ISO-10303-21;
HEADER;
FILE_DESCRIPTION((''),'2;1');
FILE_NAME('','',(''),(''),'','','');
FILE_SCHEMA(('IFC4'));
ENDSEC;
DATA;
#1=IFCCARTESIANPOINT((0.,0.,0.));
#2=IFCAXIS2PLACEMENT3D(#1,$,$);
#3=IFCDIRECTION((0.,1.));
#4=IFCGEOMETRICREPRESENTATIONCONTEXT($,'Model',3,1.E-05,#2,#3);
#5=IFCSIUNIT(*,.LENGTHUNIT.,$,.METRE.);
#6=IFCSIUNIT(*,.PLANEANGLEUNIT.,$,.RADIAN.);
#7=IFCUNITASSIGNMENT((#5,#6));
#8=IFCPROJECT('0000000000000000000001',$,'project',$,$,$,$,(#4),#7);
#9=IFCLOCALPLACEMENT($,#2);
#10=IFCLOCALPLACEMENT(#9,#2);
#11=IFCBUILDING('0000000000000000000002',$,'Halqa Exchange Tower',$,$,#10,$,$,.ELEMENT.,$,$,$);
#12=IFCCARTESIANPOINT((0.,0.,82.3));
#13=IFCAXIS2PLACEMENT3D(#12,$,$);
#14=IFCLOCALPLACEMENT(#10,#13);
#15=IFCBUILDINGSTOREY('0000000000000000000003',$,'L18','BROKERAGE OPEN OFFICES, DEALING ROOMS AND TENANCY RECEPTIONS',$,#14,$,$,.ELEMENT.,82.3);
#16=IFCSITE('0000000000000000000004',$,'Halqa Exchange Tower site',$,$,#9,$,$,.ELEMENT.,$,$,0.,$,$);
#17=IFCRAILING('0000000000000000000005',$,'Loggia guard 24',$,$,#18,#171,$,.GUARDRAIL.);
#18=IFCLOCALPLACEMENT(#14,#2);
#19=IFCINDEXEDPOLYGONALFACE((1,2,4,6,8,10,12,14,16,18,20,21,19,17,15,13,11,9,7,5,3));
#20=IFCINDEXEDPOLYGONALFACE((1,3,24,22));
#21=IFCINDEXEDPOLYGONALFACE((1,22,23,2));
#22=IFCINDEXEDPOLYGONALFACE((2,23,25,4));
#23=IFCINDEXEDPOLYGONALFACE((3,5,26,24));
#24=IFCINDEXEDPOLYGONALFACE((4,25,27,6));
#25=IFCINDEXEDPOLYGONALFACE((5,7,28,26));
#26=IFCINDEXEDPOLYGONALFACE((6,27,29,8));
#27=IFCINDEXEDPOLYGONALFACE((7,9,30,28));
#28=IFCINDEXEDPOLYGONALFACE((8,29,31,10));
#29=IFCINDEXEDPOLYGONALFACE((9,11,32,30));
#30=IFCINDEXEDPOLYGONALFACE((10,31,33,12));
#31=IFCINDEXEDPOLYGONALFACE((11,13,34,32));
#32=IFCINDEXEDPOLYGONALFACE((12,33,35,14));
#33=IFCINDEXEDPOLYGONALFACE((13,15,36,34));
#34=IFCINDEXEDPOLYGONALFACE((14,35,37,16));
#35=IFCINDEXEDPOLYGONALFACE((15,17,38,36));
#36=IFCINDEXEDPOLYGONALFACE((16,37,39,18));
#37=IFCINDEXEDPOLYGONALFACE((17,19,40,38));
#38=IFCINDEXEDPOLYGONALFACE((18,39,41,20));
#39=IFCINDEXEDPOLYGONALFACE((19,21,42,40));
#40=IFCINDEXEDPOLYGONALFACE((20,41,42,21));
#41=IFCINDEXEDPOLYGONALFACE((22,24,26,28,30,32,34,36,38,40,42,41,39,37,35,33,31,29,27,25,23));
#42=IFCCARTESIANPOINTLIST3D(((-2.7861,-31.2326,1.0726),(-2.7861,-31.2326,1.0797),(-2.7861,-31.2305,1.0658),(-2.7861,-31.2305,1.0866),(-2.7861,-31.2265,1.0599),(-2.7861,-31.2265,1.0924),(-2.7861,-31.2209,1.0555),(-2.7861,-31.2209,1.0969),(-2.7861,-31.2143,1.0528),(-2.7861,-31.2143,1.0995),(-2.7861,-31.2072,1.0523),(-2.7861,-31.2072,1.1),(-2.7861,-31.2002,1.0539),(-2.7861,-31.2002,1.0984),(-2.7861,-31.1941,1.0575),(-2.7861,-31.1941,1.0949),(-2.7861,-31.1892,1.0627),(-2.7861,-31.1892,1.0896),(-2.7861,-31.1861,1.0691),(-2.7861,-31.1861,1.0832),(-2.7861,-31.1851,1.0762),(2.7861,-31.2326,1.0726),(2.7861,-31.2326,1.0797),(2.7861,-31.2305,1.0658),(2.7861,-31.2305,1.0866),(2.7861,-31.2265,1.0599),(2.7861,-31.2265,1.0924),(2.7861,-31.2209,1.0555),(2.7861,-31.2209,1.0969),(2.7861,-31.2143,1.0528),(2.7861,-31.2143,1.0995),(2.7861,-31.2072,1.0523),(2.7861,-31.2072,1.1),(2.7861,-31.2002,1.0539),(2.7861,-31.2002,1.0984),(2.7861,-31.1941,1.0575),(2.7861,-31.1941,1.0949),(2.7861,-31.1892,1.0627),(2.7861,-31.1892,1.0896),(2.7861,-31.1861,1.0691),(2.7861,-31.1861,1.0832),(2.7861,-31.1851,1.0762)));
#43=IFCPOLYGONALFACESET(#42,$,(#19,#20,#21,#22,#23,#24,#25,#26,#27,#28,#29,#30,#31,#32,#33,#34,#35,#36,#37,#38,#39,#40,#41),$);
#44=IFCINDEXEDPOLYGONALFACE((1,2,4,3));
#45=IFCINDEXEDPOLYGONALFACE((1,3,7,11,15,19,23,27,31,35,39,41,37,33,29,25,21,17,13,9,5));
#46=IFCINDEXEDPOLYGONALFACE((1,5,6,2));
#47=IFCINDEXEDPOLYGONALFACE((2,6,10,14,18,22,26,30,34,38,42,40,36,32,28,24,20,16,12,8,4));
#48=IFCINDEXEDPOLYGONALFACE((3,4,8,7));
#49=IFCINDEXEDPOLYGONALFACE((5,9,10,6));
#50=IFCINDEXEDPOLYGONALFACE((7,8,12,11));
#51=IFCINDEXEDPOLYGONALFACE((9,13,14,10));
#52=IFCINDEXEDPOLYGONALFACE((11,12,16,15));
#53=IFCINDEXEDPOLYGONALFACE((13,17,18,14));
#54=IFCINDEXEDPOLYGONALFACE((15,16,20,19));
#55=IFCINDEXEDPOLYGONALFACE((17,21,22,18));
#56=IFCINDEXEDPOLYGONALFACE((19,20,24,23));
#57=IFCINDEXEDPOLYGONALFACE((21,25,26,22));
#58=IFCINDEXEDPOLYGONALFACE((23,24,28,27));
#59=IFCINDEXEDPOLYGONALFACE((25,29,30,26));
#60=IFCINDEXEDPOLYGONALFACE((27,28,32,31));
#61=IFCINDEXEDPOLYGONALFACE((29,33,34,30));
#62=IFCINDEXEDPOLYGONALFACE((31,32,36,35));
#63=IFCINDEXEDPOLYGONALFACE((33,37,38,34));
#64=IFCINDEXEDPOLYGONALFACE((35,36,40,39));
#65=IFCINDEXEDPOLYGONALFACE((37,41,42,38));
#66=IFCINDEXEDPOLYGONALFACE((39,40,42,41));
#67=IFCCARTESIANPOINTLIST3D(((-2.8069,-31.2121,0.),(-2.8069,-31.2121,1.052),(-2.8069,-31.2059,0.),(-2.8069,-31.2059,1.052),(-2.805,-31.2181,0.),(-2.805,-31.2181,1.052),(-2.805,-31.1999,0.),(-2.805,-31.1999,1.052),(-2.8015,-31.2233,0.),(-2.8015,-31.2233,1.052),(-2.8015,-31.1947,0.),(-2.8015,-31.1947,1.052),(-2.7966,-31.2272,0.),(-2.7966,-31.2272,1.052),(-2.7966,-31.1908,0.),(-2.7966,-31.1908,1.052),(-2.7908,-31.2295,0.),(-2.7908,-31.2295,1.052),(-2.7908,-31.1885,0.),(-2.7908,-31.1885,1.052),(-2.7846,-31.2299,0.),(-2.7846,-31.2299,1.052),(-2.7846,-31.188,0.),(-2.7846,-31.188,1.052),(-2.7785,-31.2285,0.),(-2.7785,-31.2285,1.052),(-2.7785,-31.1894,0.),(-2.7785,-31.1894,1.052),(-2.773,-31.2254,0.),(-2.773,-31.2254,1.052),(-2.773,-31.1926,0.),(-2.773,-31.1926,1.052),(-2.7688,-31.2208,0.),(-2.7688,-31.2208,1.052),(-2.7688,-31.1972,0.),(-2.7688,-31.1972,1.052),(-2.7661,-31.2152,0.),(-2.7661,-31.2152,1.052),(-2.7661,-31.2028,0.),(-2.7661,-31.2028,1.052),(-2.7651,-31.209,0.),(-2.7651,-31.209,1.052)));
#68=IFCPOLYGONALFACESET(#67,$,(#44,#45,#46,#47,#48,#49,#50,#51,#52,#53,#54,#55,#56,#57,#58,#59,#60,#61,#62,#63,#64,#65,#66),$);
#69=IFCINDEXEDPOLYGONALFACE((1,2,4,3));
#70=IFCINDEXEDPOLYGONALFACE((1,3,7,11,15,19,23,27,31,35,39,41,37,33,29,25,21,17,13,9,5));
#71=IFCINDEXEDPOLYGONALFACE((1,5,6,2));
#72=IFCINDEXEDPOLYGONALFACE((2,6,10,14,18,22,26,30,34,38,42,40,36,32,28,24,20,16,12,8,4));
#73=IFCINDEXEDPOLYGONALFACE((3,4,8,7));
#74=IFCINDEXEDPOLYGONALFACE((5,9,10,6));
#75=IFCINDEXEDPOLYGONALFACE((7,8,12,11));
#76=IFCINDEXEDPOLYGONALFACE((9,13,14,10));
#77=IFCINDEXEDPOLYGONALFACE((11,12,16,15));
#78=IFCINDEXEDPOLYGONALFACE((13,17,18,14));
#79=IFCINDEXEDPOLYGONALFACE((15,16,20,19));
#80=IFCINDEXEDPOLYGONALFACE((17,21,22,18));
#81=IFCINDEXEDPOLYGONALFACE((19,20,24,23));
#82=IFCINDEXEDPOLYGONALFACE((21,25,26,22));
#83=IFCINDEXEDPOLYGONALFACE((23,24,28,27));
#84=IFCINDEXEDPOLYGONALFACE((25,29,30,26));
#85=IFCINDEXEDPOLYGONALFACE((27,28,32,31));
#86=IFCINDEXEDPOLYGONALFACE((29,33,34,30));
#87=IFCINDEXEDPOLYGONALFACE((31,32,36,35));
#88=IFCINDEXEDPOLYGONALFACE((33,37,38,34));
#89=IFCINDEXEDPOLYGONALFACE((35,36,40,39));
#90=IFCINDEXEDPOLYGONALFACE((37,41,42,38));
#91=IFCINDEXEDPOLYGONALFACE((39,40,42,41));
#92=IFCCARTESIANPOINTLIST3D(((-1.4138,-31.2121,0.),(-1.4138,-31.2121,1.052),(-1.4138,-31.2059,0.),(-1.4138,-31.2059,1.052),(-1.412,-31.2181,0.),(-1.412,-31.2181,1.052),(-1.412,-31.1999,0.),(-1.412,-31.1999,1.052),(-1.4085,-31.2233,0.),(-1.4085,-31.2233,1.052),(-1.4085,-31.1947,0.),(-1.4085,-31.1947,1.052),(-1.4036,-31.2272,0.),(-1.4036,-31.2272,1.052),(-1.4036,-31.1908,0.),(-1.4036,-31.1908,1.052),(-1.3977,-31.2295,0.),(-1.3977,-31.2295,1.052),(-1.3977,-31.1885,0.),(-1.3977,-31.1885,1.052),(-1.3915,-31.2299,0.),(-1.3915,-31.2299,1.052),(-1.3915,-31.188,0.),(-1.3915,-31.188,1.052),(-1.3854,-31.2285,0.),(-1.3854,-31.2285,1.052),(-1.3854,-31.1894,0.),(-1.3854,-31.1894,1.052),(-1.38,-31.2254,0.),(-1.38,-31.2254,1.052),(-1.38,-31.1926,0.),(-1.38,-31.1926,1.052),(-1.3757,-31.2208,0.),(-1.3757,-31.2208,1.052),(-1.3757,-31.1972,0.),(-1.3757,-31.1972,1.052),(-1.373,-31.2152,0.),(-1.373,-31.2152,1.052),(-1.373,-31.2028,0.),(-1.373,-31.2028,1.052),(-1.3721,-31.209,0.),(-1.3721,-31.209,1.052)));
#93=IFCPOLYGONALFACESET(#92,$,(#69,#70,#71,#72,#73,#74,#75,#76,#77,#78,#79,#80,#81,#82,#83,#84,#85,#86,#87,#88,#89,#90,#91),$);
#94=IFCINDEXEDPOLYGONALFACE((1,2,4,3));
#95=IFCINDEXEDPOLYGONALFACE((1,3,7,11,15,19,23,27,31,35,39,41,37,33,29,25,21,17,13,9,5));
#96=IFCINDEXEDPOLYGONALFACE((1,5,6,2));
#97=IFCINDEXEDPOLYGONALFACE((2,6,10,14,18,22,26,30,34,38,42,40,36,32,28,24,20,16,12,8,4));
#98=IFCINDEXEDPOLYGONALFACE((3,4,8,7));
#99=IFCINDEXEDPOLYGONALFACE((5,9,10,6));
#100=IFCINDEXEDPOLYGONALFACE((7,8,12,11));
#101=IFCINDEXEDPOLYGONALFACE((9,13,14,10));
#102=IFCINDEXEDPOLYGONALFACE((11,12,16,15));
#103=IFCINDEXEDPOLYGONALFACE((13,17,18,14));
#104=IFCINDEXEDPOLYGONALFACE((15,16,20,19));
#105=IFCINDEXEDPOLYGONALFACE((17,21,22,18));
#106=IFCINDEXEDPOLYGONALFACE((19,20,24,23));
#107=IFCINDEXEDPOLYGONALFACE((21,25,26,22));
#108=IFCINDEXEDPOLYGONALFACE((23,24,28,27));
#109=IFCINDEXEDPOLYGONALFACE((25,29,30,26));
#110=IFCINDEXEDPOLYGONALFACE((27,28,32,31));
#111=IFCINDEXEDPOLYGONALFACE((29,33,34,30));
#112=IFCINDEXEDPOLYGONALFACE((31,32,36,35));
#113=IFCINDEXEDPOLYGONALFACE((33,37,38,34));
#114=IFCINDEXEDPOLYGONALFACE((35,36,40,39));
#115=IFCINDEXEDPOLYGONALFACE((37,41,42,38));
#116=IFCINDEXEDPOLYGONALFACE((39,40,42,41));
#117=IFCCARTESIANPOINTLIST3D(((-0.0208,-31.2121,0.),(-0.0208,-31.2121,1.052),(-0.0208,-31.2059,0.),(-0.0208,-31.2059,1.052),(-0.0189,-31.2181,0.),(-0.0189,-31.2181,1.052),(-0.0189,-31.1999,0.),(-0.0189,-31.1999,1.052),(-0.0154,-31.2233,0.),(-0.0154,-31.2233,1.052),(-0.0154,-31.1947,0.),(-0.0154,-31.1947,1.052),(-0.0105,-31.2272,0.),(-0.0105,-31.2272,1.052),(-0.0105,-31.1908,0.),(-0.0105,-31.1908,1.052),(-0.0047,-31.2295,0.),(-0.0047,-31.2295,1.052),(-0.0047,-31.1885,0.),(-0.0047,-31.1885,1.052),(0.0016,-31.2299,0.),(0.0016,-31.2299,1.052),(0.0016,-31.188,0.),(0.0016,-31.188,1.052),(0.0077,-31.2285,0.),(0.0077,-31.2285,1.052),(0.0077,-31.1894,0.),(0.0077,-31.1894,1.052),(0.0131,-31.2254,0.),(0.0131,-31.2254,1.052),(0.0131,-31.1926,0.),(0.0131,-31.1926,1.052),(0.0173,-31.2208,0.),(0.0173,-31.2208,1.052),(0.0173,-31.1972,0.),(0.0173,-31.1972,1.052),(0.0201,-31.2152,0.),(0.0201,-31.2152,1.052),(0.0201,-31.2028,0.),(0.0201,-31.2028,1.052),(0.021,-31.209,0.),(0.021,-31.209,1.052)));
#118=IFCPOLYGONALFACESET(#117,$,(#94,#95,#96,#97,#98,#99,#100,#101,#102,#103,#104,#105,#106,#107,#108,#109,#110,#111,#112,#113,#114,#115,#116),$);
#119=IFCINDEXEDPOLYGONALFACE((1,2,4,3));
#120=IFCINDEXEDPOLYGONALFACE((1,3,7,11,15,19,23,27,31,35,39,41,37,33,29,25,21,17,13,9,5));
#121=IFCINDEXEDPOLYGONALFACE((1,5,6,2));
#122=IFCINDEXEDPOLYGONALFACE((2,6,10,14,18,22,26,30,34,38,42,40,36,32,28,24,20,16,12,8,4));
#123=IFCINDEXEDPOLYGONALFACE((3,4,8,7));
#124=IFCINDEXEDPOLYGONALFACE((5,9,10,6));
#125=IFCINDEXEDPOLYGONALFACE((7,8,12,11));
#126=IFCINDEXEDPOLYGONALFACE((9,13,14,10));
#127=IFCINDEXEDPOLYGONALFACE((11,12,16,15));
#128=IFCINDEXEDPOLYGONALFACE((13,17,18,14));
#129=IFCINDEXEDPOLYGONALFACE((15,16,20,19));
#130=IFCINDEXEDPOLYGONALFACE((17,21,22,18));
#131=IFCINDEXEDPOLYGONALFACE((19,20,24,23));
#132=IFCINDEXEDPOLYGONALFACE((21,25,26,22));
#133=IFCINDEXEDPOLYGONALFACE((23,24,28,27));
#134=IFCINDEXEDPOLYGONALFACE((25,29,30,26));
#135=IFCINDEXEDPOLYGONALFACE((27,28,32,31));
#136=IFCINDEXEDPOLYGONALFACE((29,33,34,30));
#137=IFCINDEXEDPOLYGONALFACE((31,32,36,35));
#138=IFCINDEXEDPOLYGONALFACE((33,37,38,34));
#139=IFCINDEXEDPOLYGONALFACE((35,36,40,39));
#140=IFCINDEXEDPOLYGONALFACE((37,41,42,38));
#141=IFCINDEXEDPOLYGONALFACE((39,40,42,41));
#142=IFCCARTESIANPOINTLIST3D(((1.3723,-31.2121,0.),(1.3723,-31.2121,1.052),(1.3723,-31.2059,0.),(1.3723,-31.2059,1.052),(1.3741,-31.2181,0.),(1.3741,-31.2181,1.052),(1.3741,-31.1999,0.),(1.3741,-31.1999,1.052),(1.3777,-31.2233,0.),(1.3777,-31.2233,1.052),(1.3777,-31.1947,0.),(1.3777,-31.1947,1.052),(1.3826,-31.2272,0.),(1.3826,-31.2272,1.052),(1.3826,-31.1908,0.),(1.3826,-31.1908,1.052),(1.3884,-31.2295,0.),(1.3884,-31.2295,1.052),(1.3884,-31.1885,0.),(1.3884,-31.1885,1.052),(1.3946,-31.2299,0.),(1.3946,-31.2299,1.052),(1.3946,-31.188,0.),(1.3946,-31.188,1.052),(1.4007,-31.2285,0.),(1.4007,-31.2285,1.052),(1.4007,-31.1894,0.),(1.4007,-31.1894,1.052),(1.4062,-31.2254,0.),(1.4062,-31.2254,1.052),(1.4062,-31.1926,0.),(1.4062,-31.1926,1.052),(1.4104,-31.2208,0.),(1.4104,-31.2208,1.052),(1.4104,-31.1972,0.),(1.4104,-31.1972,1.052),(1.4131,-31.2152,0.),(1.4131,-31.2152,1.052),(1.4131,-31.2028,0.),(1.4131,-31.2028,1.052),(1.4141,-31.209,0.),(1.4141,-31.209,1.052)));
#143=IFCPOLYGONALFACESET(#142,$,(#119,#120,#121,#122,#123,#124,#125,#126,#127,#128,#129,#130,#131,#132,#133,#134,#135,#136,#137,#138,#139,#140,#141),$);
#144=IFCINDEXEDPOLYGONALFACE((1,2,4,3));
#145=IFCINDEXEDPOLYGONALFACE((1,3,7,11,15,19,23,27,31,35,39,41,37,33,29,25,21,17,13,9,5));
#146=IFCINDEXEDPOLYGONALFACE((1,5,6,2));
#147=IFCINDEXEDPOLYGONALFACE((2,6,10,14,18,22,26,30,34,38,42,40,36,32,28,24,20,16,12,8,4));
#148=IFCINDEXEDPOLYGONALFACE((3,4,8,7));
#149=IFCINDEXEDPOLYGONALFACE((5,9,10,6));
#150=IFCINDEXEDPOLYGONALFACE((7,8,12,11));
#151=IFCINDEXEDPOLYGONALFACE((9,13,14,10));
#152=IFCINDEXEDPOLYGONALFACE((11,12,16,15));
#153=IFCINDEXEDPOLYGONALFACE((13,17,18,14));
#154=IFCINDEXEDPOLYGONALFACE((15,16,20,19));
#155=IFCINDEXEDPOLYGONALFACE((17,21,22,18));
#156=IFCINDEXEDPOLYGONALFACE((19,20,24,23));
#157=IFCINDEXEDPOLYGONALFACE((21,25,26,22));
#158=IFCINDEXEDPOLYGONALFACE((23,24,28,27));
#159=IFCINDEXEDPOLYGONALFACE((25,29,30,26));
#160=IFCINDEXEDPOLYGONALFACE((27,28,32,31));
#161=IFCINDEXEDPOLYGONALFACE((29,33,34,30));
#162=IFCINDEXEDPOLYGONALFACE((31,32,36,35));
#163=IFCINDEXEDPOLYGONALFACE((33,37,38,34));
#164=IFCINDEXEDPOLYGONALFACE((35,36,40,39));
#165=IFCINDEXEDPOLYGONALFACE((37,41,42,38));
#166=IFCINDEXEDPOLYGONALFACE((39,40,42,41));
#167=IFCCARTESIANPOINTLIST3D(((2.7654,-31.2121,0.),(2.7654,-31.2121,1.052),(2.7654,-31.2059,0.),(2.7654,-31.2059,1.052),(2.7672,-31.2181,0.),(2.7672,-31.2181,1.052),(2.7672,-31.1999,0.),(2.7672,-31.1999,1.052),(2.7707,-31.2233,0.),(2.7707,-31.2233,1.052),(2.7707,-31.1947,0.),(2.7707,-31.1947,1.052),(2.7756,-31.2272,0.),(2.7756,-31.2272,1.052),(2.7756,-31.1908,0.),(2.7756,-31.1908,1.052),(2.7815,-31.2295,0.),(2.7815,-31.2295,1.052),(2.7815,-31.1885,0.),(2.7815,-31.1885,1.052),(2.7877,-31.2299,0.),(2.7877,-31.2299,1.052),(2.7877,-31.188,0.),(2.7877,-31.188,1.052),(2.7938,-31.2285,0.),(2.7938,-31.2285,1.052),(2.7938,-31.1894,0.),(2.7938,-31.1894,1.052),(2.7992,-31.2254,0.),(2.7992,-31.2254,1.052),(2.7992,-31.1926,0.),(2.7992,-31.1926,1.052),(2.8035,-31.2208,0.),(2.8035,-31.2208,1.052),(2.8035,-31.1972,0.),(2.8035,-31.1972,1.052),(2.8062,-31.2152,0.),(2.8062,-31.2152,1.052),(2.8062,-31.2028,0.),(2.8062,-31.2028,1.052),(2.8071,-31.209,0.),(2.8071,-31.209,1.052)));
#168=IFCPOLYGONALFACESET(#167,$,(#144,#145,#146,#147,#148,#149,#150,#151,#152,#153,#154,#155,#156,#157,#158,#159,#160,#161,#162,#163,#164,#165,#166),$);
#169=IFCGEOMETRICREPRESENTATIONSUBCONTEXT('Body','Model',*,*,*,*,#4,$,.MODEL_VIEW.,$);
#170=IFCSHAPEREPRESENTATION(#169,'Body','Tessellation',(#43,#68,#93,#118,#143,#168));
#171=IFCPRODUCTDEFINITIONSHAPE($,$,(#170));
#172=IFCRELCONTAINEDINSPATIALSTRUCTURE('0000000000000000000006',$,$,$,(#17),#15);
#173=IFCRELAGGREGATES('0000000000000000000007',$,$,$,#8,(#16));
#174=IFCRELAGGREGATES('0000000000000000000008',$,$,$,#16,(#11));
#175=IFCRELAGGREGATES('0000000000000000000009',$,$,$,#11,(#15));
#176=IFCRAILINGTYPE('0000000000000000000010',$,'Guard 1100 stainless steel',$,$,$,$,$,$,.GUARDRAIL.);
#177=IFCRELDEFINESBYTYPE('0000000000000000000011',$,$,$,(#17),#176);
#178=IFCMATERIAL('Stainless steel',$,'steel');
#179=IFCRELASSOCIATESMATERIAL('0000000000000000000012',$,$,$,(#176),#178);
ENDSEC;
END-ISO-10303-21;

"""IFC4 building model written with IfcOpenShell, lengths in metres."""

from ifc_helpers import new_model, si_unit, direction, frame, origin, origin_2d, place, context, subcontext, project, spatial, circle, extrude, material, type_object, element, save


model = new_model("IFC4")

# Units and contexts
model_context = context("Model", 3, precision=1e-05, world=origin(), true_north=direction((0.0, 1.0)))
body_context = subcontext(model_context, "Body", "Model", "MODEL_VIEW")
ifc_project = project(units=[si_unit("LENGTHUNIT", "METRE"), si_unit("PLANEANGLEUNIT", "RADIAN")], contexts=[model_context])

# Site, building, storey
site_placement = place(None, origin())
site = spatial("IfcSite", under=ifc_project, at=site_placement, Name="Halqa Exchange Tower site", CompositionType="ELEMENT", RefElevation=0.0)
building_placement = place(site_placement, origin())
building = spatial("IfcBuilding", under=site, at=building_placement, Name="Halqa Exchange Tower", CompositionType="ELEMENT")
storey_placement = place(building_placement, frame((0.0, 0.0, 82.3)))
storey = spatial("IfcBuildingStorey", under=building, at=storey_placement, Name="L18", Description="BROKERAGE OPEN OFFICES, DEALING ROOMS AND TENANCY RECEPTIONS", CompositionType="ELEMENT", Elevation=82.3)

# Railing
ifc_material_1 = material(Name="Stainless steel", Category="steel")
railing_type = type_object("IfcRailingType", Name="Guard 1100 stainless steel", PredefinedType="GUARDRAIL", material=ifc_material_1)
railing_1_placement = place(storey_placement, frame((-2.7861, -31.209, 0.0)))
element("IfcRailing", 1, at=railing_1_placement, inside=storey, type_object=railing_type, Name="Loggia guard 24", PredefinedType="GUARDRAIL", context=body_context, shape_type="SweptSolid", body=[
    extrude(circle(Radius=0.0239, at=origin_2d()), frame((0.0, 0.0, 1.0762), z_axis=(1.0, 0.0, 0.0), x_axis=(0.0, 1.0, 0.0)), (0.0, 0.0, 1.0), 5.5723),
    extrude(circle(Radius=0.021, at=origin_2d()), origin(), (0.0, 0.0, 1.0), 1.052),
    extrude(circle(Radius=0.021, at=origin_2d()), frame((1.3931, 0.0, 0.0)), (0.0, 0.0, 1.0), 1.052),
    extrude(circle(Radius=0.021, at=origin_2d()), frame((2.7861, 0.0, 0.0)), (0.0, 0.0, 1.0), 1.052),
    extrude(circle(Radius=0.021, at=origin_2d()), frame((4.1792, 0.0, 0.0)), (0.0, 0.0, 1.0), 1.052),
    extrude(circle(Radius=0.021, at=origin_2d()), frame((5.5723, 0.0, 0.0)), (0.0, 0.0, 1.0), 1.052),
])

save(model, "model.ifc")
